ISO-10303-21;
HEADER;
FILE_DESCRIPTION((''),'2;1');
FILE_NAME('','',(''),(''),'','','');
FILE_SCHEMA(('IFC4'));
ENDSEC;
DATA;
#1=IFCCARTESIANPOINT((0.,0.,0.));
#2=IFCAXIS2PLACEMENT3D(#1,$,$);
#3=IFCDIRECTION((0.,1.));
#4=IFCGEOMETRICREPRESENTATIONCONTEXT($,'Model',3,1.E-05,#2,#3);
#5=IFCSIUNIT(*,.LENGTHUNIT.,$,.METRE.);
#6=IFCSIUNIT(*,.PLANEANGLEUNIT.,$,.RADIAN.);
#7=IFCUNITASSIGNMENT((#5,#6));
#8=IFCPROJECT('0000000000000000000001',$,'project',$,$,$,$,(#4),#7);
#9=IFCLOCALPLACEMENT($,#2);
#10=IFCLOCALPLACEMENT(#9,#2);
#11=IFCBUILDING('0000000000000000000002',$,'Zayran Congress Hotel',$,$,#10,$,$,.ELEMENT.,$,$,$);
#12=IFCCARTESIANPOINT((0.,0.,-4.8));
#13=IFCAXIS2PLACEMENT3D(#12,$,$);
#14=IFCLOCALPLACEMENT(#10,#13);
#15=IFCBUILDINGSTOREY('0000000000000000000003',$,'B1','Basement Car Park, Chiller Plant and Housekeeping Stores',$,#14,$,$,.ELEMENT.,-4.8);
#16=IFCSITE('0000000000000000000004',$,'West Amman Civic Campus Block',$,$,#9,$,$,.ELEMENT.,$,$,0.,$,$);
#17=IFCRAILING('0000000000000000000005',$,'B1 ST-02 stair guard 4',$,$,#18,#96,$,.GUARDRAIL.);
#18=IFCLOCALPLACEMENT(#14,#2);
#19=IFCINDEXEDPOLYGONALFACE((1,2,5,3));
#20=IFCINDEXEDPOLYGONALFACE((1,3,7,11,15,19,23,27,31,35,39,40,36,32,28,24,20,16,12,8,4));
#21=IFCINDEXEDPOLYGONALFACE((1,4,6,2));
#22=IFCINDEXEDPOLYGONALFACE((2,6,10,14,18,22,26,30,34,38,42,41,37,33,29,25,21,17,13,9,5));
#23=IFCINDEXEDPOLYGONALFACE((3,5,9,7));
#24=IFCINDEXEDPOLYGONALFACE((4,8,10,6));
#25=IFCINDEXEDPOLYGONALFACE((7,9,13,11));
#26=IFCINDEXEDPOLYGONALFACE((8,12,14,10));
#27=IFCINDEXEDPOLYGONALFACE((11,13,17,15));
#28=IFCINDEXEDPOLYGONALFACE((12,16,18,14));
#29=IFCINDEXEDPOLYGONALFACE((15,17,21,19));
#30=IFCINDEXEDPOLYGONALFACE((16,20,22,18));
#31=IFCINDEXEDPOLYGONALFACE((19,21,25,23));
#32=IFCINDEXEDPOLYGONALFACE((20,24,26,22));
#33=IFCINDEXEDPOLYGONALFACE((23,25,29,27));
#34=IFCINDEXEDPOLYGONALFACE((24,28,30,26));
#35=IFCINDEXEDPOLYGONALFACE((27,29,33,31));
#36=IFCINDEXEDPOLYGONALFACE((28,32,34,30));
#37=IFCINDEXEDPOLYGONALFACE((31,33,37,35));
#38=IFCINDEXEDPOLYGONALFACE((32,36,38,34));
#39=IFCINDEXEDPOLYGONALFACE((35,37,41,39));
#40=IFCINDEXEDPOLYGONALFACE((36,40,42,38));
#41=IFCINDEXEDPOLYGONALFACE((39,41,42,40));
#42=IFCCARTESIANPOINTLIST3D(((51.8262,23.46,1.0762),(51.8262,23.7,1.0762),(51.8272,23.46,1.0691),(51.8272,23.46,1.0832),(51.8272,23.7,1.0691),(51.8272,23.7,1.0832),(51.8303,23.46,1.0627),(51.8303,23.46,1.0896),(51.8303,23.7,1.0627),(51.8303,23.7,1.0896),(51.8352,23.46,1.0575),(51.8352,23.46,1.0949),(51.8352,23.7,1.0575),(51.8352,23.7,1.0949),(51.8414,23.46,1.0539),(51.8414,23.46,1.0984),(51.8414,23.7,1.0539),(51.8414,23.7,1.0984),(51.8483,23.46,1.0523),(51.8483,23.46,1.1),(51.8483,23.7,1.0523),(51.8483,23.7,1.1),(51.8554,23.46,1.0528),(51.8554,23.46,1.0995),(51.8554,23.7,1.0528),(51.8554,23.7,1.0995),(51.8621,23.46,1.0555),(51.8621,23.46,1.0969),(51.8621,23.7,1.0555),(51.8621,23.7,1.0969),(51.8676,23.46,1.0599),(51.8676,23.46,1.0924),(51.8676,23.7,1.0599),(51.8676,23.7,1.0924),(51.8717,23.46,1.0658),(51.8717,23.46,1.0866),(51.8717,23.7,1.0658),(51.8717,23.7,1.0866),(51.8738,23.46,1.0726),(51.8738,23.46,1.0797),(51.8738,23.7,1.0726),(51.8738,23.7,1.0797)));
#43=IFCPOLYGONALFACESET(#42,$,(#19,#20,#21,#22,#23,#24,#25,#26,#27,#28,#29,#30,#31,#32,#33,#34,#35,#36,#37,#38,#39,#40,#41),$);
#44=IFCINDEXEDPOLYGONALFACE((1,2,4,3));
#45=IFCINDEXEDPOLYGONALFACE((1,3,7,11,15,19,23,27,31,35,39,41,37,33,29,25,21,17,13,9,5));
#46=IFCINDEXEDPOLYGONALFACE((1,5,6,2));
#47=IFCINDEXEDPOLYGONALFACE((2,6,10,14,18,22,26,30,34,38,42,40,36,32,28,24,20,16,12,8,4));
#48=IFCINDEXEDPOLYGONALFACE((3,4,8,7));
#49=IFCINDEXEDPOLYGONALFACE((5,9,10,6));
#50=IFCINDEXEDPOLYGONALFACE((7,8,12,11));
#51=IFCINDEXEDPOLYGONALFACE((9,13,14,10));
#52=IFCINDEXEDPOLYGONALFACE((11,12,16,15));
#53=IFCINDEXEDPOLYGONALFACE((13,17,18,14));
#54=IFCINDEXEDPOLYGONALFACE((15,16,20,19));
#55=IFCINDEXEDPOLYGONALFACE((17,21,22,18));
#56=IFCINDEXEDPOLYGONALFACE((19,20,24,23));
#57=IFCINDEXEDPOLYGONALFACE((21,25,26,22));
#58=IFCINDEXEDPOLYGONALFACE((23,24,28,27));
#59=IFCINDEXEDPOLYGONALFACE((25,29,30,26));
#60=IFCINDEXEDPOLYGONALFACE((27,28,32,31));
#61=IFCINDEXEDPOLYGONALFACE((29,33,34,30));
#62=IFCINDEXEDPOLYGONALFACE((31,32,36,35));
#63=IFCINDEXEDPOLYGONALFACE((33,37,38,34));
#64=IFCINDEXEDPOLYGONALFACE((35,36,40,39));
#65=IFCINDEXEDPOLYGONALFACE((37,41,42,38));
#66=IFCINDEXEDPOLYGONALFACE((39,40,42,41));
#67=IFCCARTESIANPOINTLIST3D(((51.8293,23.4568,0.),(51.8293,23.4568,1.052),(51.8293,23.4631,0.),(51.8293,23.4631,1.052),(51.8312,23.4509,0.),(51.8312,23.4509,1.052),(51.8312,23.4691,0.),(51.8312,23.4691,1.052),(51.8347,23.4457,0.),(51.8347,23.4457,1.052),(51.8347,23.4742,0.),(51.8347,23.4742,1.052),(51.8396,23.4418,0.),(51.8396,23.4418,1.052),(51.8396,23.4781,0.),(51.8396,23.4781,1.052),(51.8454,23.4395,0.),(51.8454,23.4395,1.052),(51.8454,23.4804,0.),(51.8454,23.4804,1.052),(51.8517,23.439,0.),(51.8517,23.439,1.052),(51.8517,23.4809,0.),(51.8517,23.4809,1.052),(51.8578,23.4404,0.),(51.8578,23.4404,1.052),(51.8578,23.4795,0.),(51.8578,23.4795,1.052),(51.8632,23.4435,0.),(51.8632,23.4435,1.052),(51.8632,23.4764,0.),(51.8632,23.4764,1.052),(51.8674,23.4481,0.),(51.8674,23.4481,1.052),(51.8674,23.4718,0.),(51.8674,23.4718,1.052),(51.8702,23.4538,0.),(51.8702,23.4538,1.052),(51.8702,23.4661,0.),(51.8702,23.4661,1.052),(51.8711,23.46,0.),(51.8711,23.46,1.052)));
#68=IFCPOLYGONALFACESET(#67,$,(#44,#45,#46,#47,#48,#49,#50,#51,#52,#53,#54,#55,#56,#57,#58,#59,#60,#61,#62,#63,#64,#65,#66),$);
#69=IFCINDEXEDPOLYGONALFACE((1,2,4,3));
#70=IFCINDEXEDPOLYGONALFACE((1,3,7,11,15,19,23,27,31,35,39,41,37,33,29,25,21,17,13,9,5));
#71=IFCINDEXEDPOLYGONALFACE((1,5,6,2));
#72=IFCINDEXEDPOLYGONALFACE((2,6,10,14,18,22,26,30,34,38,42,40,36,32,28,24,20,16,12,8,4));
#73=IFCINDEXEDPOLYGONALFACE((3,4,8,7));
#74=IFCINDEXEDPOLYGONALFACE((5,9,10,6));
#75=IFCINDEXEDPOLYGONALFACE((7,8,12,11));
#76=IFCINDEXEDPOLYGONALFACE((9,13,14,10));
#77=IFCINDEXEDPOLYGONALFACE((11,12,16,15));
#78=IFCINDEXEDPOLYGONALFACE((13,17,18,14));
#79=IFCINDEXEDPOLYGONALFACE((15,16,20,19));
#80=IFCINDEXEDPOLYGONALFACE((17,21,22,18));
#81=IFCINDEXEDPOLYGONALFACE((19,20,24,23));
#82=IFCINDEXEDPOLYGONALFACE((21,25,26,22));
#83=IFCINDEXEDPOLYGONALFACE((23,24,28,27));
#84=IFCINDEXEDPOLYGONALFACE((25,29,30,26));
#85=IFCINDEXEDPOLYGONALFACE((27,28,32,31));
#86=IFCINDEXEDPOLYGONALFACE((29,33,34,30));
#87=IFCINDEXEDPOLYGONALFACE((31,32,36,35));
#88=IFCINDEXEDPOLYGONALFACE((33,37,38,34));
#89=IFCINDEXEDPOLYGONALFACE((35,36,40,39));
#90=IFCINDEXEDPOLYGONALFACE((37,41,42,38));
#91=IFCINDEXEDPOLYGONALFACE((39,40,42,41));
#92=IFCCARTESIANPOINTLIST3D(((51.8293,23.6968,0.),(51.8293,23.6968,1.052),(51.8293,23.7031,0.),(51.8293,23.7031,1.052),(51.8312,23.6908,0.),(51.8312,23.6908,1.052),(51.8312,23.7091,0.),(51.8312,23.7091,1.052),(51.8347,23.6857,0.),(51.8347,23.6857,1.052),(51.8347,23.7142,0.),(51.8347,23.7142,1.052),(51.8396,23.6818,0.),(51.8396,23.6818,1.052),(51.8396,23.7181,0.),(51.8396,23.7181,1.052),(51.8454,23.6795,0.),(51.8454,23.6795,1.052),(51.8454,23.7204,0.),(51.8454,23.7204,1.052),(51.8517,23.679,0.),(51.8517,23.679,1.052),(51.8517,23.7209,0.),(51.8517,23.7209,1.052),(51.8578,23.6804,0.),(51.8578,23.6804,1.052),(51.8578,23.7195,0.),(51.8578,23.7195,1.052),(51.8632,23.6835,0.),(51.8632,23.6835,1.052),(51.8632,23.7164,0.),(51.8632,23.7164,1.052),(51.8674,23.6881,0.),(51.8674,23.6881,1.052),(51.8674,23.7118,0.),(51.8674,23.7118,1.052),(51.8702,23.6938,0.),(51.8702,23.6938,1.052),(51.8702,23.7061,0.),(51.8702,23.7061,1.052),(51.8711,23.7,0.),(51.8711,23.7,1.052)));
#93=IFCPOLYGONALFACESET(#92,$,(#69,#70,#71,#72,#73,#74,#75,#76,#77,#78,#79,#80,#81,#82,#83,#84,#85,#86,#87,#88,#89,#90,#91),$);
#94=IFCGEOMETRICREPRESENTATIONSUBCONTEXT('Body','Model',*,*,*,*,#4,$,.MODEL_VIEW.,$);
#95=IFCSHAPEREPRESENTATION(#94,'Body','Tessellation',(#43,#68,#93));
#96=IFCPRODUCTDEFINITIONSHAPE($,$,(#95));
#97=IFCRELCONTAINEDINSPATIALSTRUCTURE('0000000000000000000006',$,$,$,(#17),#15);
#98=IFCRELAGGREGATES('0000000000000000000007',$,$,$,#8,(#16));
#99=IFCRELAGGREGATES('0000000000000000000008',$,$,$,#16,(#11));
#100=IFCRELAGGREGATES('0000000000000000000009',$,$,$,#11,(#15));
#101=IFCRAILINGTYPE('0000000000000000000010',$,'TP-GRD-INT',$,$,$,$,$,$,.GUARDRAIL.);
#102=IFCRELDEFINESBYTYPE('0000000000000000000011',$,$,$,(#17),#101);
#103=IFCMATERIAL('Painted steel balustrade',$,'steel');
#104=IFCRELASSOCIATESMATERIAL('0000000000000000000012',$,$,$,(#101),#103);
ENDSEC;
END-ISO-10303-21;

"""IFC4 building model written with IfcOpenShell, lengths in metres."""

from ifc_helpers import new_model, si_unit, direction, frame, origin, origin_2d, place, context, subcontext, project, spatial, circle, extrude, material, type_object, element, save


model = new_model("IFC4")

# Units and contexts
model_context = context("Model", 3, precision=1e-05, world=origin(), true_north=direction((0.0, 1.0)))
body_context = subcontext(model_context, "Body", "Model", "MODEL_VIEW")
ifc_project = project(units=[si_unit("LENGTHUNIT", "METRE"), si_unit("PLANEANGLEUNIT", "RADIAN")], contexts=[model_context])

# Site, building, storey
site_placement = place(None, origin())
site = spatial("IfcSite", under=ifc_project, at=site_placement, Name="West Amman Civic Campus Block", CompositionType="ELEMENT", RefElevation=0.0)
building_placement = place(site_placement, origin())
building = spatial("IfcBuilding", under=site, at=building_placement, Name="Zayran Congress Hotel", CompositionType="ELEMENT")
storey_placement = place(building_placement, frame((0.0, 0.0, -4.8)))
storey = spatial("IfcBuildingStorey", under=building, at=storey_placement, Name="B1", Description="Basement Car Park, Chiller Plant and Housekeeping Stores", CompositionType="ELEMENT", Elevation=-4.8)

# Railing
ifc_material_1 = material(Name="Painted steel balustrade", Category="steel")
railing_type_1 = type_object("IfcRailingType", Name="TP-GRD-INT", PredefinedType="GUARDRAIL", material=ifc_material_1)
railing_1_placement = place(storey_placement, frame((51.8501, 23.46, 0.0)))
element("IfcRailing", 1, at=railing_1_placement, inside=storey, type_object=railing_type_1, Name="B1 ST-02 stair guard 4", PredefinedType="GUARDRAIL", context=body_context, shape_type="SweptSolid", body=[
    extrude(circle(Radius=0.0239, at=origin_2d()), frame((0.0, 0.0, 1.0762), z_axis=(0.0, 1.0, 0.0), x_axis=(-1.0, 0.0, 0.0)), (0.0, 0.0, 1.0), 0.24),
    extrude(circle(Radius=0.021, at=origin_2d()), origin(), (0.0, 0.0, 1.0), 1.052),
    extrude(circle(Radius=0.021, at=origin_2d()), frame((0.0, 0.24, 0.0)), (0.0, 0.0, 1.0), 1.052),
])

save(model, "model.ifc")
